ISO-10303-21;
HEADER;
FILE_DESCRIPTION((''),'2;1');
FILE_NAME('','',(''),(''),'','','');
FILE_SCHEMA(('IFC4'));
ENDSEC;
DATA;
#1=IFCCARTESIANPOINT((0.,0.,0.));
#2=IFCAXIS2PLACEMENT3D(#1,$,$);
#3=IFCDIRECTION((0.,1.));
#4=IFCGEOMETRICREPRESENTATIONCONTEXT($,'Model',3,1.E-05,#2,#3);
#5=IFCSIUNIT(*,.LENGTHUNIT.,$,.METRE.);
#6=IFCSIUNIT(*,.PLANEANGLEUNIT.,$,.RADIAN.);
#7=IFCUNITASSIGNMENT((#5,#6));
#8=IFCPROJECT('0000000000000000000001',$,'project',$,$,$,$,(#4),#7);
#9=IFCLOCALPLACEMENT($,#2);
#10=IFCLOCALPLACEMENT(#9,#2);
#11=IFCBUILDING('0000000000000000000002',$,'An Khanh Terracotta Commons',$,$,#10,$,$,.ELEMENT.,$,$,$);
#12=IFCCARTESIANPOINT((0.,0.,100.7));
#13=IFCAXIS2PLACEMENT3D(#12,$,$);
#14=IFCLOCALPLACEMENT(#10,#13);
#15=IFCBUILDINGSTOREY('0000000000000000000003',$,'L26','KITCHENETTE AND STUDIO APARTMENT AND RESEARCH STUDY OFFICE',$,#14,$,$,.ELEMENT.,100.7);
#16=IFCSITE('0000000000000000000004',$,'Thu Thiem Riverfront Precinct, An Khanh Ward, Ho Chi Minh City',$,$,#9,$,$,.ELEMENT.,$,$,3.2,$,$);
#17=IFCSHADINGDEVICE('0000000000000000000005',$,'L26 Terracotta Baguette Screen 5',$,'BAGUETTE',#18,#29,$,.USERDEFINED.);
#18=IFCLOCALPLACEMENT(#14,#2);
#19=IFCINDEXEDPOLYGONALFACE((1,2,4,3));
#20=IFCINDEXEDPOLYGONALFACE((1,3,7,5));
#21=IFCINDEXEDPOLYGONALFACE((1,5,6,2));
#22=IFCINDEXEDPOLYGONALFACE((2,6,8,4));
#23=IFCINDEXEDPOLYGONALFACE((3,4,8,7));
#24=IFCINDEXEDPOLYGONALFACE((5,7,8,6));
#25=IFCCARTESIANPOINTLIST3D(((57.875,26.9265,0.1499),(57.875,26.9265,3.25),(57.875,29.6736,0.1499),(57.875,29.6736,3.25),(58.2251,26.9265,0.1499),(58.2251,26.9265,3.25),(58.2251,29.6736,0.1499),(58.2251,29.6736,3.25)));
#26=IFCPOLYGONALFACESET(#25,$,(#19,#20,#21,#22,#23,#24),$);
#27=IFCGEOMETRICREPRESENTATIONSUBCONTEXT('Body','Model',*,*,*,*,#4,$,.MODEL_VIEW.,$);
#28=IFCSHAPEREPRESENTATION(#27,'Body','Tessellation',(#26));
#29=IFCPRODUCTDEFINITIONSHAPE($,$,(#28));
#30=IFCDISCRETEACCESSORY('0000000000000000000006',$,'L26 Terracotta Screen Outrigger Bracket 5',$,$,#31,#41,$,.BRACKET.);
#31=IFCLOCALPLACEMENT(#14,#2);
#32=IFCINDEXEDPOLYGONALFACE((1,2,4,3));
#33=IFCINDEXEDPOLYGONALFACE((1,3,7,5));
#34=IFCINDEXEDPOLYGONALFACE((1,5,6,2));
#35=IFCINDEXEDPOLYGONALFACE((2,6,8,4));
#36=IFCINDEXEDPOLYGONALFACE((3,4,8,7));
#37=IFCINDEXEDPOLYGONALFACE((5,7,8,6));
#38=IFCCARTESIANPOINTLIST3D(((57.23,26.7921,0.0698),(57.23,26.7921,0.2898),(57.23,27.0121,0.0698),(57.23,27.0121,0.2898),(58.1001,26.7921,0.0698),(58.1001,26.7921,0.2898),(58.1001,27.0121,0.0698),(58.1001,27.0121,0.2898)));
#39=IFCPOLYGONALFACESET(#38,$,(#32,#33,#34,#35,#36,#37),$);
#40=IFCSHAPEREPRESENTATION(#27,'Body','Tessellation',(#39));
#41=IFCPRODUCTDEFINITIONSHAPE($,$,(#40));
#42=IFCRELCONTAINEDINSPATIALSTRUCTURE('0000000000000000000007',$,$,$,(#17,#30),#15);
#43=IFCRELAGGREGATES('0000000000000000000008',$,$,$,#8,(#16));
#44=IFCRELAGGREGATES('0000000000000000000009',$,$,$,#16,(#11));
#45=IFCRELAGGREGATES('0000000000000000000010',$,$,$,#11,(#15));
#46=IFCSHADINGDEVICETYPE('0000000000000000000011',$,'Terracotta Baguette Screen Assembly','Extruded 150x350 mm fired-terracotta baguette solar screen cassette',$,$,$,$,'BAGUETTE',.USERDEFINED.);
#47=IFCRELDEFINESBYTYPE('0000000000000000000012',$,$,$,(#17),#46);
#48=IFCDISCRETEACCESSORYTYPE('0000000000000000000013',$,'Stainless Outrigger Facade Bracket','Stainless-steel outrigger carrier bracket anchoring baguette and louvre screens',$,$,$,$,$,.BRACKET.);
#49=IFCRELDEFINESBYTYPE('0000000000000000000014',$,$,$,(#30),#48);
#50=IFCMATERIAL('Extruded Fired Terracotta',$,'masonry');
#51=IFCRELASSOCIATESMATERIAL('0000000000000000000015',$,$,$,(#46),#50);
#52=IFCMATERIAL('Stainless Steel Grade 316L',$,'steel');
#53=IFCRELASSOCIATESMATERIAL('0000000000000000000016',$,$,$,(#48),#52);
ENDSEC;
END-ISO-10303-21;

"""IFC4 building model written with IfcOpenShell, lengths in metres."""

from ifc_helpers import new_model, si_unit, direction, frame, origin, origin_2d, place, context, subcontext, project, spatial, rectangle, extrude, material, type_object, element, save


model = new_model("IFC4")

# Units and contexts
model_context = context("Model", 3, precision=1e-05, world=origin(), true_north=direction((0.0, 1.0)))
body_context = subcontext(model_context, "Body", "Model", "MODEL_VIEW")
ifc_project = project(units=[si_unit("LENGTHUNIT", "METRE"), si_unit("PLANEANGLEUNIT", "RADIAN")], contexts=[model_context])

# Site, building, storey
site_placement = place(None, origin())
site = spatial("IfcSite", under=ifc_project, at=site_placement, Name="Thu Thiem Riverfront Precinct, An Khanh Ward, Ho Chi Minh City", CompositionType="ELEMENT", RefElevation=3.2)
building_placement = place(site_placement, origin())
building = spatial("IfcBuilding", under=site, at=building_placement, Name="An Khanh Terracotta Commons", CompositionType="ELEMENT")
storey_placement = place(building_placement, frame((0.0, 0.0, 100.7)))
storey = spatial("IfcBuildingStorey", under=building, at=storey_placement, Name="L26", Description="KITCHENETTE AND STUDIO APARTMENT AND RESEARCH STUDY OFFICE", CompositionType="ELEMENT", Elevation=100.7)

# Shading device
ifc_material_1 = material(Name="Extruded Fired Terracotta", Category="masonry")
shading_device_type = type_object("IfcShadingDeviceType", Name="Terracotta Baguette Screen Assembly", Description="Extruded 150x350 mm fired-terracotta baguette solar screen cassette", ElementType="BAGUETTE", PredefinedType="USERDEFINED", material=ifc_material_1)
shading_device_placement = place(storey_placement, frame((58.05, 28.3, 0.1499), z_axis=(0.0, 0.0, 1.0), x_axis=(0.0, 1.0, 0.0)))
element("IfcShadingDevice", 1, at=shading_device_placement, inside=storey, type_object=shading_device_type, Name="L26 Terracotta Baguette Screen 5", ObjectType="BAGUETTE", PredefinedType="USERDEFINED", context=body_context, shape_type="SweptSolid", body=[
    extrude(rectangle(XDim=2.7471, YDim=0.3501, at=origin_2d()), origin(), (0.0, 0.0, 1.0), 3.1001),
])

# Discrete accessory
ifc_material_2 = material(Name="Stainless Steel Grade 316L", Category="steel")
discrete_accessory_type = type_object("IfcDiscreteAccessoryType", Name="Stainless Outrigger Facade Bracket", Description="Stainless-steel outrigger carrier bracket anchoring baguette and louvre screens", PredefinedType="BRACKET", material=ifc_material_2)
discrete_accessory_placement = place(storey_placement, frame((57.665, 26.9021, 0.0698), z_axis=(0.0, 0.0, 1.0), x_axis=(0.0, 1.0, 0.0)))
element("IfcDiscreteAccessory", 2, at=discrete_accessory_placement, inside=storey, type_object=discrete_accessory_type, Name="L26 Terracotta Screen Outrigger Bracket 5", PredefinedType="BRACKET", context=body_context, shape_type="SweptSolid", body=[
    extrude(rectangle(XDim=0.22, YDim=0.8701, at=origin_2d()), origin(), (0.0, 0.0, 1.0), 0.22),
])

save(model, "model.ifc")
